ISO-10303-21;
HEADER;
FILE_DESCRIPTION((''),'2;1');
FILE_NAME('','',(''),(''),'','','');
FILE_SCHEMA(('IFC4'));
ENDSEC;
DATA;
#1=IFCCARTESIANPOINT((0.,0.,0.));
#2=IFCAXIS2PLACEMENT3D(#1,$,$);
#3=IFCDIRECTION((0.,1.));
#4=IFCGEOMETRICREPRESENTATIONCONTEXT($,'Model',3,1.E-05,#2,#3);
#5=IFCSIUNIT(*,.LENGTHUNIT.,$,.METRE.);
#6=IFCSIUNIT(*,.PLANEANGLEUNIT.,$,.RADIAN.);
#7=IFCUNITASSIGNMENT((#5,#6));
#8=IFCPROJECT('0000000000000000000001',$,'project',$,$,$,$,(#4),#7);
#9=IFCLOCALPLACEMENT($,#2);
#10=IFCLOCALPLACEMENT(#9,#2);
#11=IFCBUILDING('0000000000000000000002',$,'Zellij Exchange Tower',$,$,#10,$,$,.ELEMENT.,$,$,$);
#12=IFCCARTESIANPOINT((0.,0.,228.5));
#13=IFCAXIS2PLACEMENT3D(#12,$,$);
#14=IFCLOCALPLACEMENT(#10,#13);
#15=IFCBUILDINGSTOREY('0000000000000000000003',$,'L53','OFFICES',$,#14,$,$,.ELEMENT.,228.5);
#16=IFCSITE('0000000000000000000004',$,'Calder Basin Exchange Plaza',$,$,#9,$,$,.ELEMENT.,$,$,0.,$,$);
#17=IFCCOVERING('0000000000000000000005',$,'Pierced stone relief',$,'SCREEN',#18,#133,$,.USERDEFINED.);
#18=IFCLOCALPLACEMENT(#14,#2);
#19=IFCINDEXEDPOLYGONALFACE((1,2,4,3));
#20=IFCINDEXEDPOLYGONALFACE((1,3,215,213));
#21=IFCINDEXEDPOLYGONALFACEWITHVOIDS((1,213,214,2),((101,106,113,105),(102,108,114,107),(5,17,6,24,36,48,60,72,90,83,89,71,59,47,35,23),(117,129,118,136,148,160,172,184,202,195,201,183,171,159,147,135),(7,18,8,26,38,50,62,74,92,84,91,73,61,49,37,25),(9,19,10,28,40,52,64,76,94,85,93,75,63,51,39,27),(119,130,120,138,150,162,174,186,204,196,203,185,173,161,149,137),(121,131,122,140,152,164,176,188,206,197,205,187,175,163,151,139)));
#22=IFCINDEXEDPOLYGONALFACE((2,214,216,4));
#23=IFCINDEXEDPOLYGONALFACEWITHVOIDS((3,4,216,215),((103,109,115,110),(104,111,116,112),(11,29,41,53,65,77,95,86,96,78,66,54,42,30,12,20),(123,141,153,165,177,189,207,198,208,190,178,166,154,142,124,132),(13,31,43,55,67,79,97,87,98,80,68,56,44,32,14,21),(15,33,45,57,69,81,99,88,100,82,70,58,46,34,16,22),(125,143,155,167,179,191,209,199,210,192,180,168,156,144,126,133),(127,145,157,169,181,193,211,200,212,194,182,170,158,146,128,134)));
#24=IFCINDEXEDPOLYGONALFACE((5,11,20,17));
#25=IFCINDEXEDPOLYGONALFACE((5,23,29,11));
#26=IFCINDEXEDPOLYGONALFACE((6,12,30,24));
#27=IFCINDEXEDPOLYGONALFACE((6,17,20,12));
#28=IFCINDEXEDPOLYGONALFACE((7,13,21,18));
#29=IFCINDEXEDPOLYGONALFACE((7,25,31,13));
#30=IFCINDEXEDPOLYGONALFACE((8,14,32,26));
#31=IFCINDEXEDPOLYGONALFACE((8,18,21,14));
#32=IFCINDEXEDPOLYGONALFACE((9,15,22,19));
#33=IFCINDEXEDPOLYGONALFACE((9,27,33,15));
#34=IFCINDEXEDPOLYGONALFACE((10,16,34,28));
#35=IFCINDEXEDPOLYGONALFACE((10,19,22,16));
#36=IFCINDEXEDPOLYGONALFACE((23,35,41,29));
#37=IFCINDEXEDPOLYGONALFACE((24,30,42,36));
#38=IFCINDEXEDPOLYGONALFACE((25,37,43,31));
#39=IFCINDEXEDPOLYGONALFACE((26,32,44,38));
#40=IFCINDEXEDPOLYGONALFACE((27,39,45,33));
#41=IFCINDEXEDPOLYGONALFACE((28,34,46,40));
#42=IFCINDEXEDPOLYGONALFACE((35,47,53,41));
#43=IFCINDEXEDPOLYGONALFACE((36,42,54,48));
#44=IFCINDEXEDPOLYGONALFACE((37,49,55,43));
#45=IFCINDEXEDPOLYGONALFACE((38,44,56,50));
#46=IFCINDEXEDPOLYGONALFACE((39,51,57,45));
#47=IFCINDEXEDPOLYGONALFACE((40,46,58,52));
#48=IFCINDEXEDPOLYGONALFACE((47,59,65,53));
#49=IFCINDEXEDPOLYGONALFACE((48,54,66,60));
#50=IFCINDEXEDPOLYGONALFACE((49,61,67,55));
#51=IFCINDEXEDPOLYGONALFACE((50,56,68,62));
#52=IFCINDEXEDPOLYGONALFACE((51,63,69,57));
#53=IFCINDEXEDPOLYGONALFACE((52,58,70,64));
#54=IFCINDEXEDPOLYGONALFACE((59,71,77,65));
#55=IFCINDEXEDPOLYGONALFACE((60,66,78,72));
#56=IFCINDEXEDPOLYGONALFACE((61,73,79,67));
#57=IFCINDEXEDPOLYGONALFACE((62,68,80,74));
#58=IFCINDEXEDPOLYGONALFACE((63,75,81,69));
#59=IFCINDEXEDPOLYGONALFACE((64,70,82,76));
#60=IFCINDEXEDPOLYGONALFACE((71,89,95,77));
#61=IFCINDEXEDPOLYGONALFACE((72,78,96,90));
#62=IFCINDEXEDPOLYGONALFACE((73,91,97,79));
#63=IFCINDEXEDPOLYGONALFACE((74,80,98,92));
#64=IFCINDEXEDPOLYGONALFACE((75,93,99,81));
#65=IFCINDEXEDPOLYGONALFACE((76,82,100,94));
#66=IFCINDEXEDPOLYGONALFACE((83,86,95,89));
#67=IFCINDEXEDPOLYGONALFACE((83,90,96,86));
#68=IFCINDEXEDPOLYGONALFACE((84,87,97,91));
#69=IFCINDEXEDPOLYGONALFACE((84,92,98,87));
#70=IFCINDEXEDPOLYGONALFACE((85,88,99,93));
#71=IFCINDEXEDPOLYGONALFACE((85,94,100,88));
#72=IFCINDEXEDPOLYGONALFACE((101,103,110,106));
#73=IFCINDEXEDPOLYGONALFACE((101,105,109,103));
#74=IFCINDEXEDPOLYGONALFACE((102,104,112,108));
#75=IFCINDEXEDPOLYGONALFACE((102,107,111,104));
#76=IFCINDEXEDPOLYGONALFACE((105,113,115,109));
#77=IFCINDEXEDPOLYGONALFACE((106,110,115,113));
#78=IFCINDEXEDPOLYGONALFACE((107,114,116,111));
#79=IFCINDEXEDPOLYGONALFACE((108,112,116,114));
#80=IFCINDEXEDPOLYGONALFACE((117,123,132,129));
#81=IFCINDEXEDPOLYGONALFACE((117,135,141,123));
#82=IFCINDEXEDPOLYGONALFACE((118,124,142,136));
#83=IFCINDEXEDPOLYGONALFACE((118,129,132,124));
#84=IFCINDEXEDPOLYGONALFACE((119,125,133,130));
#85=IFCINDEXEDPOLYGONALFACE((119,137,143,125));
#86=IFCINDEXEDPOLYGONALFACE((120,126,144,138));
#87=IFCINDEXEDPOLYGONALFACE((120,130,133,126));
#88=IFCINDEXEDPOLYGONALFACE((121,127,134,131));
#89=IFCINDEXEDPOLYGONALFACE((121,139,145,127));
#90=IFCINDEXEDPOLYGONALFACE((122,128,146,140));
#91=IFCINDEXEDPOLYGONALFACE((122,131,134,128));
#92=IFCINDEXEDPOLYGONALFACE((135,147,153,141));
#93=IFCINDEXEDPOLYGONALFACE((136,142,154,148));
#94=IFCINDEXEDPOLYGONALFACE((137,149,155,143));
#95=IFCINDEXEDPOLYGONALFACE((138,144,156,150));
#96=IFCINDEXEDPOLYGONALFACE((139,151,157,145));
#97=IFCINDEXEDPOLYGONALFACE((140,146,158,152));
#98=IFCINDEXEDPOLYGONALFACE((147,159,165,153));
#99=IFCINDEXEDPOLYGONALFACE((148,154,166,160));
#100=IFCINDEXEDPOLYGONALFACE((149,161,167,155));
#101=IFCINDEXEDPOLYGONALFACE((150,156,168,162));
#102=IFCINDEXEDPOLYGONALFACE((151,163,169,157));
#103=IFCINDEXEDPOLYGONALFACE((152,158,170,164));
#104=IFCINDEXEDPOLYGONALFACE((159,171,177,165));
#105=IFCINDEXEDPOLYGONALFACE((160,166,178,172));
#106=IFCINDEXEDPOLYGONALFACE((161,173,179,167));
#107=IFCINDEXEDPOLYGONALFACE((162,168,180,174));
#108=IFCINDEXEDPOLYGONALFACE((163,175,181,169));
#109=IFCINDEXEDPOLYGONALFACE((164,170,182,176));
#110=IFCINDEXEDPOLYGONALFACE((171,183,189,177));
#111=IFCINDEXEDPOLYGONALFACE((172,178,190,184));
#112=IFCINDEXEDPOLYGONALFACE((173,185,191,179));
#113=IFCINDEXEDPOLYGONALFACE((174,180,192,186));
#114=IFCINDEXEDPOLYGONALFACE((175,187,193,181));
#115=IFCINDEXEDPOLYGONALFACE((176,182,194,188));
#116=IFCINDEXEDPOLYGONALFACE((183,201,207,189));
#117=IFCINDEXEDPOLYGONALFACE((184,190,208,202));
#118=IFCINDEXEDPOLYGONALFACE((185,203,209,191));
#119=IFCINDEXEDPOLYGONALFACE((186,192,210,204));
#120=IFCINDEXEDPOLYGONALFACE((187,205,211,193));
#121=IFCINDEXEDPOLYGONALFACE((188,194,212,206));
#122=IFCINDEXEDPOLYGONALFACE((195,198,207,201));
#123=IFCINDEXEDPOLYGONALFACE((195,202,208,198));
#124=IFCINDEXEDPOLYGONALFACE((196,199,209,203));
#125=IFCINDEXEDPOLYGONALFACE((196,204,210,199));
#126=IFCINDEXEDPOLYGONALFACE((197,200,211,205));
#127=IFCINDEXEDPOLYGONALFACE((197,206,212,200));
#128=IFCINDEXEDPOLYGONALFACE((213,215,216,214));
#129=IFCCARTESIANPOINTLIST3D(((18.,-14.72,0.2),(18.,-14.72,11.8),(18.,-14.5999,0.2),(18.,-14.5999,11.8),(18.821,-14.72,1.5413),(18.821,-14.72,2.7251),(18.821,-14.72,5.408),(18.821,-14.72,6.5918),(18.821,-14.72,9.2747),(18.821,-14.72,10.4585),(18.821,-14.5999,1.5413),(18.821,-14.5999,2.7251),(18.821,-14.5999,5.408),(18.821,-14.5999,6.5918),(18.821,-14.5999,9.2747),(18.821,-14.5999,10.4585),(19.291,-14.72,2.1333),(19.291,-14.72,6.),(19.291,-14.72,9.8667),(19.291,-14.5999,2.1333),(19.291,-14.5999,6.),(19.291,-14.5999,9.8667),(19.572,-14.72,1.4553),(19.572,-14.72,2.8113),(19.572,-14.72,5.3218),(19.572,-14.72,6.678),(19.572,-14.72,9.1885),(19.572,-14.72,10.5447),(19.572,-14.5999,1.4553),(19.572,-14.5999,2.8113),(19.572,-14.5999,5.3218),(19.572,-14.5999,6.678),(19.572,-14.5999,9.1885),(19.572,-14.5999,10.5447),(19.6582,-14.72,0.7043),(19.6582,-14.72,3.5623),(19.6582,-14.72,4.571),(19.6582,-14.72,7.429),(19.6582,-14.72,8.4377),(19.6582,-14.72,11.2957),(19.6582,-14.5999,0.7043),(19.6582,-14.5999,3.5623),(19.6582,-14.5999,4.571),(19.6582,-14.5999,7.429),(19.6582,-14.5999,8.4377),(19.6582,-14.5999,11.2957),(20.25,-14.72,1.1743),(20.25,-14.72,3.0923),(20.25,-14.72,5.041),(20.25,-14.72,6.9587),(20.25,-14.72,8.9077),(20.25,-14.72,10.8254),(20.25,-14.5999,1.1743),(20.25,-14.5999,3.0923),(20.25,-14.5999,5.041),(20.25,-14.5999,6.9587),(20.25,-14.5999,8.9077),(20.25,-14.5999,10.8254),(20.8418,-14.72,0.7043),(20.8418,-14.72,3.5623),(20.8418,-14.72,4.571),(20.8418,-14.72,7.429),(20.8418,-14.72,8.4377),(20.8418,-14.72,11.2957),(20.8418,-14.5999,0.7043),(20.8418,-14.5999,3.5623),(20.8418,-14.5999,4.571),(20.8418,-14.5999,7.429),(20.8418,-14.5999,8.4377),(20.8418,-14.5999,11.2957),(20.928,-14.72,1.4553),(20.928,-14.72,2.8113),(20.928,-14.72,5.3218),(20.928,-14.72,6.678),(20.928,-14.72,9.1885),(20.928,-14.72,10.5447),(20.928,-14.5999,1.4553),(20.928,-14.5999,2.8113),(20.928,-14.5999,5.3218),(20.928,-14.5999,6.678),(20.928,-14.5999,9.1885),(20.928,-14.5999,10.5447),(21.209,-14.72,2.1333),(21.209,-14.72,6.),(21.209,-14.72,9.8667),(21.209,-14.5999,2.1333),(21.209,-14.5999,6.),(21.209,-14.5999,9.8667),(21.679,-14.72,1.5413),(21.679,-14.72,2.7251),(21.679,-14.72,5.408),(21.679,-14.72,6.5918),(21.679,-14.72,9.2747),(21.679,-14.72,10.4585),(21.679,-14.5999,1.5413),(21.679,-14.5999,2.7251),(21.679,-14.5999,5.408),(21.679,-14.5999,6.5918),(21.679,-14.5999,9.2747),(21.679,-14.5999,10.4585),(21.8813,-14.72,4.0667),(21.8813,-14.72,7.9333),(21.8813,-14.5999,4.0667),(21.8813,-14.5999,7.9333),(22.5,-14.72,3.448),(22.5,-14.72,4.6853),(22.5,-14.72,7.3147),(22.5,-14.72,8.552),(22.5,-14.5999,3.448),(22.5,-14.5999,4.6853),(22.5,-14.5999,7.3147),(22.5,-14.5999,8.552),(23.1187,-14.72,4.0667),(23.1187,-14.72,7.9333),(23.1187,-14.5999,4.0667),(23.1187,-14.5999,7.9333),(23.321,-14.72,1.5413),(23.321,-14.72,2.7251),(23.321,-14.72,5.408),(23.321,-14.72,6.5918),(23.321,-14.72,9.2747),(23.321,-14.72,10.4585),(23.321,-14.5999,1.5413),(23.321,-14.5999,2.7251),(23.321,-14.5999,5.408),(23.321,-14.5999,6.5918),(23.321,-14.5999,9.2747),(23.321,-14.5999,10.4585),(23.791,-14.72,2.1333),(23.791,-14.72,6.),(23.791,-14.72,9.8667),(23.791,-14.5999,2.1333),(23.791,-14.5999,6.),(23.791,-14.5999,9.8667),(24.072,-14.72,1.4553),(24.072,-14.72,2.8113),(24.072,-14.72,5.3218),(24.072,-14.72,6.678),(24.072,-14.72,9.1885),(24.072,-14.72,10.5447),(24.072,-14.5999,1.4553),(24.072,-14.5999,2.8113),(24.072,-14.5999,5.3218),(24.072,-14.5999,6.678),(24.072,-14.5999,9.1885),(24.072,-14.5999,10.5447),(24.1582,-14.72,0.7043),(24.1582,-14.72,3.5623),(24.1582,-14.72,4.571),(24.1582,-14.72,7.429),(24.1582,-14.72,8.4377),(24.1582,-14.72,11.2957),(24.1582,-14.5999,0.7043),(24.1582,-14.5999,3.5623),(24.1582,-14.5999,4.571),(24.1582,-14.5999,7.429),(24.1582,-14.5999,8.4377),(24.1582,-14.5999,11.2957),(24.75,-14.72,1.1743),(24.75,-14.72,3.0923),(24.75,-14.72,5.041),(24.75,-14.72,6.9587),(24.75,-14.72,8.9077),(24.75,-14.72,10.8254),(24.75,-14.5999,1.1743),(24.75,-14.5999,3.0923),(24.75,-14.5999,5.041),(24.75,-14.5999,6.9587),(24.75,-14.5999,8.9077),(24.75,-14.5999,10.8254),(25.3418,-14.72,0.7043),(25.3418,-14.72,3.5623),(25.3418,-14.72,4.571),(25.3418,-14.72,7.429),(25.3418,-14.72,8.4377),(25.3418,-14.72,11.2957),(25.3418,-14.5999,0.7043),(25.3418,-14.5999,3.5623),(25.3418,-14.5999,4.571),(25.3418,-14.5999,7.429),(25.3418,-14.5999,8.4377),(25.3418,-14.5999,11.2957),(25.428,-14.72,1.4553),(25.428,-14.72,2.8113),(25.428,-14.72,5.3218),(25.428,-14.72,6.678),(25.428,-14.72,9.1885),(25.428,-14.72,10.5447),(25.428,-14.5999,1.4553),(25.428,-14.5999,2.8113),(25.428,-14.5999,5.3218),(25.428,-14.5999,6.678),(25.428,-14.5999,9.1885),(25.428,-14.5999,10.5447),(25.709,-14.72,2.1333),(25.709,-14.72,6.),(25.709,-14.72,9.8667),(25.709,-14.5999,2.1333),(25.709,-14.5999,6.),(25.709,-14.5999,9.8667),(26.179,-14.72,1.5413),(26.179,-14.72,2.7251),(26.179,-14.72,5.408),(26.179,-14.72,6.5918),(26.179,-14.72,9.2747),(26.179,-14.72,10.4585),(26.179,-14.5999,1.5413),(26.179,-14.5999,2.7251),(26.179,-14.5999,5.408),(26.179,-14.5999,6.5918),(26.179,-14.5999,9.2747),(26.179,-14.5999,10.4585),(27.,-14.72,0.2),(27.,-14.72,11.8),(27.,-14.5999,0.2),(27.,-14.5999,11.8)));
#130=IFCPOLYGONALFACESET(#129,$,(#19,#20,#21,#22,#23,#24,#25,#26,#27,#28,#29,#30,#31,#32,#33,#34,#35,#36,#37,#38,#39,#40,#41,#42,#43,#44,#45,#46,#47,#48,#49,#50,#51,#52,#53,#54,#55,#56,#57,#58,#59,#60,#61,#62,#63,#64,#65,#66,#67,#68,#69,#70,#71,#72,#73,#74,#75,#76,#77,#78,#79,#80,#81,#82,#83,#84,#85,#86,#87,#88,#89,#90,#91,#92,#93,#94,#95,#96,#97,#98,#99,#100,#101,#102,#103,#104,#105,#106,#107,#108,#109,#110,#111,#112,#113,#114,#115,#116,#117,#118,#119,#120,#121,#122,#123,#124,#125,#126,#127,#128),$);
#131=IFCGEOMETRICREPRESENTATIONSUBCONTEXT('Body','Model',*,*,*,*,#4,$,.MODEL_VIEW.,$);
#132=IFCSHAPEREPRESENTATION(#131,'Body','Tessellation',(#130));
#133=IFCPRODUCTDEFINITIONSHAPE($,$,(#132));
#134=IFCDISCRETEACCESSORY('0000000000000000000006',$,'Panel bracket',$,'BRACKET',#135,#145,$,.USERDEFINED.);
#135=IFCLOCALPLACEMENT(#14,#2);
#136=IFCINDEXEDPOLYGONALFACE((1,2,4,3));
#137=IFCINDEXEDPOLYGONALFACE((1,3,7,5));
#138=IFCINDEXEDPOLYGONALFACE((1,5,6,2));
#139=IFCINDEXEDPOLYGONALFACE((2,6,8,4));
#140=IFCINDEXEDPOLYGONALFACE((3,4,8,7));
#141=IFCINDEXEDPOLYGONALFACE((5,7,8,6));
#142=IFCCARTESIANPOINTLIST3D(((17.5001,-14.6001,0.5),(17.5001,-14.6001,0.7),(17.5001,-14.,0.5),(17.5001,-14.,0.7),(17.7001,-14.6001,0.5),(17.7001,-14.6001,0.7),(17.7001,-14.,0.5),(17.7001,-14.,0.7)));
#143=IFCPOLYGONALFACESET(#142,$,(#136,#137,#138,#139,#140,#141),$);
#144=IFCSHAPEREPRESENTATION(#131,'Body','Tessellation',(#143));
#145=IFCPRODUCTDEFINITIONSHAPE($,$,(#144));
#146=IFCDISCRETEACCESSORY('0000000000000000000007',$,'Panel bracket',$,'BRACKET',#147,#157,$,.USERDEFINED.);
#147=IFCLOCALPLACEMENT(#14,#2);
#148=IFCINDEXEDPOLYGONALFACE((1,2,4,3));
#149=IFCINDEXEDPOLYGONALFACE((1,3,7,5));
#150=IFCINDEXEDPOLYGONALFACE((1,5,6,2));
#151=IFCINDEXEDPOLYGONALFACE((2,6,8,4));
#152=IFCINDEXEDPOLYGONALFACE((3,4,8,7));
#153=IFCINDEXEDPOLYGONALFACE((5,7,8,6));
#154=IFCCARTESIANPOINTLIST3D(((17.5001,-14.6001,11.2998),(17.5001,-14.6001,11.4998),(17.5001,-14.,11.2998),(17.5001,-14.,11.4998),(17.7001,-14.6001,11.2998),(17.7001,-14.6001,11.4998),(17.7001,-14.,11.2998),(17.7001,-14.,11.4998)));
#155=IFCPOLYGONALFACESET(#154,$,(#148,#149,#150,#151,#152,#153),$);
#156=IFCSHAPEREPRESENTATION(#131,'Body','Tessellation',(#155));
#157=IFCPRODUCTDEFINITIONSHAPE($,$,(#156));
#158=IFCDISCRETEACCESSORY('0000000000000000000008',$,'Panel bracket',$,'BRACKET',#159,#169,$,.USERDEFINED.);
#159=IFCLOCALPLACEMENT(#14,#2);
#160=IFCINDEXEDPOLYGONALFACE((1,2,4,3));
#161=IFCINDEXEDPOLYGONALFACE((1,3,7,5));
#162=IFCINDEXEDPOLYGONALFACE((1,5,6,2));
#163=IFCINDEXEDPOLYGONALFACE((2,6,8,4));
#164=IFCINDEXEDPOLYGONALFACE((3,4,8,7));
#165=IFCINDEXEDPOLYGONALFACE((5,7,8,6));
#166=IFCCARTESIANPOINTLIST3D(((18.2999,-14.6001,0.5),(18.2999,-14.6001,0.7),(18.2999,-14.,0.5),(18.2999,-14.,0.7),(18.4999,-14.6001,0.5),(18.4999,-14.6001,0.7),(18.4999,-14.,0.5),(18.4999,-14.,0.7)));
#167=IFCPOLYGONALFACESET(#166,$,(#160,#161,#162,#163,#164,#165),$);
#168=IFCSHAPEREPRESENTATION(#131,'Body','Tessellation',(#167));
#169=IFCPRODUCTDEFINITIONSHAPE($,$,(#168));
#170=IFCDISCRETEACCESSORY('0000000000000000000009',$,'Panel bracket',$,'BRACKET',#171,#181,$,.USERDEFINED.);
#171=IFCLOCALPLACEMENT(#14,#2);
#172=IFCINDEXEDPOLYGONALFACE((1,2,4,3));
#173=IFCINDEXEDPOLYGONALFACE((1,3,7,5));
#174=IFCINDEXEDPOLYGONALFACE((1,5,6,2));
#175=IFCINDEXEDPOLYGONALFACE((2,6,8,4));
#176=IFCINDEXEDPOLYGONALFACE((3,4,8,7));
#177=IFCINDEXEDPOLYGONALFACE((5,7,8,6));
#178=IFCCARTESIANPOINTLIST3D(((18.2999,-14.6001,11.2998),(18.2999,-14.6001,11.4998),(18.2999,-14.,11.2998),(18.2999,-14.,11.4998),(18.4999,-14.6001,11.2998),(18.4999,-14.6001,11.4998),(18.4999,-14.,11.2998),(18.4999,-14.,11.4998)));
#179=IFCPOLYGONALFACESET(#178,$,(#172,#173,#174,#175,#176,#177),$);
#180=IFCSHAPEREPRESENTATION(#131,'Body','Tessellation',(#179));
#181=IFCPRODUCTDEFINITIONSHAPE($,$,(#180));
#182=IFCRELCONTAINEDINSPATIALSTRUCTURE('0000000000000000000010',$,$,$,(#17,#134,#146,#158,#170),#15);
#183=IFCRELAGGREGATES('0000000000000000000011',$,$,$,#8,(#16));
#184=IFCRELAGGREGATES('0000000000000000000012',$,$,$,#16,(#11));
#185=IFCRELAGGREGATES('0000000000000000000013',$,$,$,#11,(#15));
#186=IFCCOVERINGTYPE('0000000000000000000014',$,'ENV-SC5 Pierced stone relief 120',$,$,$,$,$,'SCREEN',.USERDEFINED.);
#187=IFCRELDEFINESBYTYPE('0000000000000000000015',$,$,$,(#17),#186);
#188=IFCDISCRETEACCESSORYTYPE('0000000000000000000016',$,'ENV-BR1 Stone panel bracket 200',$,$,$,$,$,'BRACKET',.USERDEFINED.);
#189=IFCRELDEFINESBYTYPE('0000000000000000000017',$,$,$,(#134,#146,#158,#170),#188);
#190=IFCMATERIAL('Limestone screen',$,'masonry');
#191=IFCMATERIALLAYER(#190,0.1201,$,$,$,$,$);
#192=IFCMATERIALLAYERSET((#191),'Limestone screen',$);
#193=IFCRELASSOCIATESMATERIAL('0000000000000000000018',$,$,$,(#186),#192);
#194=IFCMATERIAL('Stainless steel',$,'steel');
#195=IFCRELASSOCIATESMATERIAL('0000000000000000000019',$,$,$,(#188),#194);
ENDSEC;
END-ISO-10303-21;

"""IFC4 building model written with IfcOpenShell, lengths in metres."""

from ifc_helpers import new_model, si_unit, direction, frame, origin, origin_2d, place, context, subcontext, project, spatial, polyline, rectangle, outline, extrude, material, layer, layer_set, type_object, element, save


model = new_model("IFC4")

# Units and contexts
model_context = context("Model", 3, precision=1e-05, world=origin(), true_north=direction((0.0, 1.0)))
body_context = subcontext(model_context, "Body", "Model", "MODEL_VIEW")
ifc_project = project(units=[si_unit("LENGTHUNIT", "METRE"), si_unit("PLANEANGLEUNIT", "RADIAN")], contexts=[model_context])

# Site, building, storey
site_placement = place(None, origin())
site = spatial("IfcSite", under=ifc_project, at=site_placement, Name="Calder Basin Exchange Plaza", CompositionType="ELEMENT", RefElevation=0.0)
building_placement = place(site_placement, origin())
building = spatial("IfcBuilding", under=site, at=building_placement, Name="Zellij Exchange Tower", CompositionType="ELEMENT")
storey_placement = place(building_placement, frame((0.0, 0.0, 228.5)))
storey = spatial("IfcBuildingStorey", under=building, at=storey_placement, Name="L53", Description="OFFICES", CompositionType="ELEMENT", Elevation=228.5)

# Shared definitions
ifc_material_1 = material(Name="Stainless steel", Category="steel")

# Covering
ifc_material_2 = material(Name="Limestone screen", Category="masonry")
ifc_layer_1 = layer(ifc_material_2, 0.1201)
ifc_layer_set_1 = layer_set([ifc_layer_1], Name="Limestone screen")
covering_type = type_object("IfcCoveringType", Name="ENV-SC5 Pierced stone relief 120", ElementType="SCREEN", PredefinedType="USERDEFINED", material=ifc_layer_set_1)
covering_placement = place(storey_placement, frame((18.0, -14.6599, 0.2), z_axis=(0.0, 0.0, 1.0), x_axis=(1.0, 0.0, 0.0)))
element("IfcCovering", 1, at=covering_placement, inside=storey, type_object=covering_type, Name="Pierced stone relief", ObjectType="SCREEN", PredefinedType="USERDEFINED", context=body_context, shape_type="SweptSolid", body=[
    extrude(outline(polyline([(0.0, 0.0), (9.0, 0.0), (9.0, 11.6001), (0.0, 11.6001), (0.0, 0.0)]), holes=[polyline([(3.679, 2.5251), (2.928, 2.6113), (2.8418, 3.3623), (2.25, 2.8923), (1.6582, 3.3623), (1.572, 2.6113), (0.821, 2.5251), (1.291, 1.9333), (0.821, 1.3413), (1.572, 1.2554), (1.6582, 0.5044), (2.25, 0.9744), (2.8418, 0.5044), (2.928, 1.2554), (3.679, 1.3413), (3.209, 1.9333), (3.679, 2.5251)]), polyline([(3.679, 6.3918), (2.928, 6.478), (2.8418, 7.229), (2.25, 6.7588), (1.6582, 7.229), (1.572, 6.478), (0.821, 6.3918), (1.291, 5.8), (0.821, 5.208), (1.572, 5.1218), (1.6582, 4.3711), (2.25, 4.8411), (2.8418, 4.3711), (2.928, 5.1218), (3.679, 5.208), (3.209, 5.8), (3.679, 6.3918)]), polyline([(3.679, 10.2585), (2.928, 10.3447), (2.8418, 11.0957), (2.25, 10.6255), (1.6582, 11.0957), (1.572, 10.3447), (0.821, 10.2585), (1.291, 9.6667), (0.821, 9.0747), (1.572, 8.9885), (1.6582, 8.2378), (2.25, 8.7078), (2.8418, 8.2378), (2.928, 8.9885), (3.679, 9.0747), (3.209, 9.6667), (3.679, 10.2585)]), polyline([(8.179, 2.5251), (7.428, 2.6113), (7.3418, 3.3623), (6.75, 2.8923), (6.1582, 3.3623), (6.072, 2.6113), (5.321, 2.5251), (5.791, 1.9333), (5.321, 1.3413), (6.072, 1.2554), (6.1582, 0.5044), (6.75, 0.9744), (7.3418, 0.5044), (7.428, 1.2554), (8.179, 1.3413), (7.709, 1.9333), (8.179, 2.5251)]), polyline([(8.179, 6.3918), (7.428, 6.478), (7.3418, 7.229), (6.75, 6.7588), (6.1582, 7.229), (6.072, 6.478), (5.321, 6.3918), (5.791, 5.8), (5.321, 5.208), (6.072, 5.1218), (6.1582, 4.3711), (6.75, 4.8411), (7.3418, 4.3711), (7.428, 5.1218), (8.179, 5.208), (7.709, 5.8), (8.179, 6.3918)]), polyline([(8.179, 10.2585), (7.428, 10.3447), (7.3418, 11.0957), (6.75, 10.6255), (6.1582, 11.0957), (6.072, 10.3447), (5.321, 10.2585), (5.791, 9.6667), (5.321, 9.0747), (6.072, 8.9885), (6.1582, 8.2378), (6.75, 8.7078), (7.3418, 8.2378), (7.428, 8.9885), (8.179, 9.0747), (7.709, 9.6667), (8.179, 10.2585)]), polyline([(5.1187, 3.8667), (4.5, 4.4854), (3.8813, 3.8667), (4.5, 3.248), (5.1187, 3.8667)]), polyline([(5.1187, 7.7334), (4.5, 8.3521), (3.8813, 7.7334), (4.5, 7.1147), (5.1187, 7.7334)])]), frame((0.0, 0.0601, 0.0), z_axis=(0.0, -1.0, 0.0), x_axis=(1.0, 0.0, 0.0)), (0.0, 0.0, 1.0), 0.1201),
])

# Discrete accessories
discrete_accessory_type = type_object("IfcDiscreteAccessoryType", Name="ENV-BR1 Stone panel bracket 200", ElementType="BRACKET", PredefinedType="USERDEFINED", material=ifc_material_1)
for number, where, z_axis, x_axis, name in (
    (2, (17.6001, -14.3, 0.5), (0.0, 0.0, 1.0), (1.0, 0.0, 0.0), "Panel bracket"),
    (3, (17.6001, -14.3, 11.2998), (0.0, 0.0, 1.0), (1.0, 0.0, 0.0), "Panel bracket"),
    (4, (18.3999, -14.3, 0.5), (0.0, 0.0, 1.0), (1.0, 0.0, 0.0), "Panel bracket"),
    (5, (18.3999, -14.3, 11.2998), (0.0, 0.0, 1.0), (1.0, 0.0, 0.0), "Panel bracket"),
):
    element("IfcDiscreteAccessory", number, at=place(storey_placement, frame(where, z_axis=z_axis, x_axis=x_axis)), inside=storey, type_object=discrete_accessory_type, Name=name, ObjectType="BRACKET", PredefinedType="USERDEFINED", context=body_context, shape_type="SweptSolid", body=[
        extrude(rectangle(XDim=0.2, YDim=0.6001, at=origin_2d()), origin(), (0.0, 0.0, 1.0), 0.2),
    ])

save(model, "model.ifc")
